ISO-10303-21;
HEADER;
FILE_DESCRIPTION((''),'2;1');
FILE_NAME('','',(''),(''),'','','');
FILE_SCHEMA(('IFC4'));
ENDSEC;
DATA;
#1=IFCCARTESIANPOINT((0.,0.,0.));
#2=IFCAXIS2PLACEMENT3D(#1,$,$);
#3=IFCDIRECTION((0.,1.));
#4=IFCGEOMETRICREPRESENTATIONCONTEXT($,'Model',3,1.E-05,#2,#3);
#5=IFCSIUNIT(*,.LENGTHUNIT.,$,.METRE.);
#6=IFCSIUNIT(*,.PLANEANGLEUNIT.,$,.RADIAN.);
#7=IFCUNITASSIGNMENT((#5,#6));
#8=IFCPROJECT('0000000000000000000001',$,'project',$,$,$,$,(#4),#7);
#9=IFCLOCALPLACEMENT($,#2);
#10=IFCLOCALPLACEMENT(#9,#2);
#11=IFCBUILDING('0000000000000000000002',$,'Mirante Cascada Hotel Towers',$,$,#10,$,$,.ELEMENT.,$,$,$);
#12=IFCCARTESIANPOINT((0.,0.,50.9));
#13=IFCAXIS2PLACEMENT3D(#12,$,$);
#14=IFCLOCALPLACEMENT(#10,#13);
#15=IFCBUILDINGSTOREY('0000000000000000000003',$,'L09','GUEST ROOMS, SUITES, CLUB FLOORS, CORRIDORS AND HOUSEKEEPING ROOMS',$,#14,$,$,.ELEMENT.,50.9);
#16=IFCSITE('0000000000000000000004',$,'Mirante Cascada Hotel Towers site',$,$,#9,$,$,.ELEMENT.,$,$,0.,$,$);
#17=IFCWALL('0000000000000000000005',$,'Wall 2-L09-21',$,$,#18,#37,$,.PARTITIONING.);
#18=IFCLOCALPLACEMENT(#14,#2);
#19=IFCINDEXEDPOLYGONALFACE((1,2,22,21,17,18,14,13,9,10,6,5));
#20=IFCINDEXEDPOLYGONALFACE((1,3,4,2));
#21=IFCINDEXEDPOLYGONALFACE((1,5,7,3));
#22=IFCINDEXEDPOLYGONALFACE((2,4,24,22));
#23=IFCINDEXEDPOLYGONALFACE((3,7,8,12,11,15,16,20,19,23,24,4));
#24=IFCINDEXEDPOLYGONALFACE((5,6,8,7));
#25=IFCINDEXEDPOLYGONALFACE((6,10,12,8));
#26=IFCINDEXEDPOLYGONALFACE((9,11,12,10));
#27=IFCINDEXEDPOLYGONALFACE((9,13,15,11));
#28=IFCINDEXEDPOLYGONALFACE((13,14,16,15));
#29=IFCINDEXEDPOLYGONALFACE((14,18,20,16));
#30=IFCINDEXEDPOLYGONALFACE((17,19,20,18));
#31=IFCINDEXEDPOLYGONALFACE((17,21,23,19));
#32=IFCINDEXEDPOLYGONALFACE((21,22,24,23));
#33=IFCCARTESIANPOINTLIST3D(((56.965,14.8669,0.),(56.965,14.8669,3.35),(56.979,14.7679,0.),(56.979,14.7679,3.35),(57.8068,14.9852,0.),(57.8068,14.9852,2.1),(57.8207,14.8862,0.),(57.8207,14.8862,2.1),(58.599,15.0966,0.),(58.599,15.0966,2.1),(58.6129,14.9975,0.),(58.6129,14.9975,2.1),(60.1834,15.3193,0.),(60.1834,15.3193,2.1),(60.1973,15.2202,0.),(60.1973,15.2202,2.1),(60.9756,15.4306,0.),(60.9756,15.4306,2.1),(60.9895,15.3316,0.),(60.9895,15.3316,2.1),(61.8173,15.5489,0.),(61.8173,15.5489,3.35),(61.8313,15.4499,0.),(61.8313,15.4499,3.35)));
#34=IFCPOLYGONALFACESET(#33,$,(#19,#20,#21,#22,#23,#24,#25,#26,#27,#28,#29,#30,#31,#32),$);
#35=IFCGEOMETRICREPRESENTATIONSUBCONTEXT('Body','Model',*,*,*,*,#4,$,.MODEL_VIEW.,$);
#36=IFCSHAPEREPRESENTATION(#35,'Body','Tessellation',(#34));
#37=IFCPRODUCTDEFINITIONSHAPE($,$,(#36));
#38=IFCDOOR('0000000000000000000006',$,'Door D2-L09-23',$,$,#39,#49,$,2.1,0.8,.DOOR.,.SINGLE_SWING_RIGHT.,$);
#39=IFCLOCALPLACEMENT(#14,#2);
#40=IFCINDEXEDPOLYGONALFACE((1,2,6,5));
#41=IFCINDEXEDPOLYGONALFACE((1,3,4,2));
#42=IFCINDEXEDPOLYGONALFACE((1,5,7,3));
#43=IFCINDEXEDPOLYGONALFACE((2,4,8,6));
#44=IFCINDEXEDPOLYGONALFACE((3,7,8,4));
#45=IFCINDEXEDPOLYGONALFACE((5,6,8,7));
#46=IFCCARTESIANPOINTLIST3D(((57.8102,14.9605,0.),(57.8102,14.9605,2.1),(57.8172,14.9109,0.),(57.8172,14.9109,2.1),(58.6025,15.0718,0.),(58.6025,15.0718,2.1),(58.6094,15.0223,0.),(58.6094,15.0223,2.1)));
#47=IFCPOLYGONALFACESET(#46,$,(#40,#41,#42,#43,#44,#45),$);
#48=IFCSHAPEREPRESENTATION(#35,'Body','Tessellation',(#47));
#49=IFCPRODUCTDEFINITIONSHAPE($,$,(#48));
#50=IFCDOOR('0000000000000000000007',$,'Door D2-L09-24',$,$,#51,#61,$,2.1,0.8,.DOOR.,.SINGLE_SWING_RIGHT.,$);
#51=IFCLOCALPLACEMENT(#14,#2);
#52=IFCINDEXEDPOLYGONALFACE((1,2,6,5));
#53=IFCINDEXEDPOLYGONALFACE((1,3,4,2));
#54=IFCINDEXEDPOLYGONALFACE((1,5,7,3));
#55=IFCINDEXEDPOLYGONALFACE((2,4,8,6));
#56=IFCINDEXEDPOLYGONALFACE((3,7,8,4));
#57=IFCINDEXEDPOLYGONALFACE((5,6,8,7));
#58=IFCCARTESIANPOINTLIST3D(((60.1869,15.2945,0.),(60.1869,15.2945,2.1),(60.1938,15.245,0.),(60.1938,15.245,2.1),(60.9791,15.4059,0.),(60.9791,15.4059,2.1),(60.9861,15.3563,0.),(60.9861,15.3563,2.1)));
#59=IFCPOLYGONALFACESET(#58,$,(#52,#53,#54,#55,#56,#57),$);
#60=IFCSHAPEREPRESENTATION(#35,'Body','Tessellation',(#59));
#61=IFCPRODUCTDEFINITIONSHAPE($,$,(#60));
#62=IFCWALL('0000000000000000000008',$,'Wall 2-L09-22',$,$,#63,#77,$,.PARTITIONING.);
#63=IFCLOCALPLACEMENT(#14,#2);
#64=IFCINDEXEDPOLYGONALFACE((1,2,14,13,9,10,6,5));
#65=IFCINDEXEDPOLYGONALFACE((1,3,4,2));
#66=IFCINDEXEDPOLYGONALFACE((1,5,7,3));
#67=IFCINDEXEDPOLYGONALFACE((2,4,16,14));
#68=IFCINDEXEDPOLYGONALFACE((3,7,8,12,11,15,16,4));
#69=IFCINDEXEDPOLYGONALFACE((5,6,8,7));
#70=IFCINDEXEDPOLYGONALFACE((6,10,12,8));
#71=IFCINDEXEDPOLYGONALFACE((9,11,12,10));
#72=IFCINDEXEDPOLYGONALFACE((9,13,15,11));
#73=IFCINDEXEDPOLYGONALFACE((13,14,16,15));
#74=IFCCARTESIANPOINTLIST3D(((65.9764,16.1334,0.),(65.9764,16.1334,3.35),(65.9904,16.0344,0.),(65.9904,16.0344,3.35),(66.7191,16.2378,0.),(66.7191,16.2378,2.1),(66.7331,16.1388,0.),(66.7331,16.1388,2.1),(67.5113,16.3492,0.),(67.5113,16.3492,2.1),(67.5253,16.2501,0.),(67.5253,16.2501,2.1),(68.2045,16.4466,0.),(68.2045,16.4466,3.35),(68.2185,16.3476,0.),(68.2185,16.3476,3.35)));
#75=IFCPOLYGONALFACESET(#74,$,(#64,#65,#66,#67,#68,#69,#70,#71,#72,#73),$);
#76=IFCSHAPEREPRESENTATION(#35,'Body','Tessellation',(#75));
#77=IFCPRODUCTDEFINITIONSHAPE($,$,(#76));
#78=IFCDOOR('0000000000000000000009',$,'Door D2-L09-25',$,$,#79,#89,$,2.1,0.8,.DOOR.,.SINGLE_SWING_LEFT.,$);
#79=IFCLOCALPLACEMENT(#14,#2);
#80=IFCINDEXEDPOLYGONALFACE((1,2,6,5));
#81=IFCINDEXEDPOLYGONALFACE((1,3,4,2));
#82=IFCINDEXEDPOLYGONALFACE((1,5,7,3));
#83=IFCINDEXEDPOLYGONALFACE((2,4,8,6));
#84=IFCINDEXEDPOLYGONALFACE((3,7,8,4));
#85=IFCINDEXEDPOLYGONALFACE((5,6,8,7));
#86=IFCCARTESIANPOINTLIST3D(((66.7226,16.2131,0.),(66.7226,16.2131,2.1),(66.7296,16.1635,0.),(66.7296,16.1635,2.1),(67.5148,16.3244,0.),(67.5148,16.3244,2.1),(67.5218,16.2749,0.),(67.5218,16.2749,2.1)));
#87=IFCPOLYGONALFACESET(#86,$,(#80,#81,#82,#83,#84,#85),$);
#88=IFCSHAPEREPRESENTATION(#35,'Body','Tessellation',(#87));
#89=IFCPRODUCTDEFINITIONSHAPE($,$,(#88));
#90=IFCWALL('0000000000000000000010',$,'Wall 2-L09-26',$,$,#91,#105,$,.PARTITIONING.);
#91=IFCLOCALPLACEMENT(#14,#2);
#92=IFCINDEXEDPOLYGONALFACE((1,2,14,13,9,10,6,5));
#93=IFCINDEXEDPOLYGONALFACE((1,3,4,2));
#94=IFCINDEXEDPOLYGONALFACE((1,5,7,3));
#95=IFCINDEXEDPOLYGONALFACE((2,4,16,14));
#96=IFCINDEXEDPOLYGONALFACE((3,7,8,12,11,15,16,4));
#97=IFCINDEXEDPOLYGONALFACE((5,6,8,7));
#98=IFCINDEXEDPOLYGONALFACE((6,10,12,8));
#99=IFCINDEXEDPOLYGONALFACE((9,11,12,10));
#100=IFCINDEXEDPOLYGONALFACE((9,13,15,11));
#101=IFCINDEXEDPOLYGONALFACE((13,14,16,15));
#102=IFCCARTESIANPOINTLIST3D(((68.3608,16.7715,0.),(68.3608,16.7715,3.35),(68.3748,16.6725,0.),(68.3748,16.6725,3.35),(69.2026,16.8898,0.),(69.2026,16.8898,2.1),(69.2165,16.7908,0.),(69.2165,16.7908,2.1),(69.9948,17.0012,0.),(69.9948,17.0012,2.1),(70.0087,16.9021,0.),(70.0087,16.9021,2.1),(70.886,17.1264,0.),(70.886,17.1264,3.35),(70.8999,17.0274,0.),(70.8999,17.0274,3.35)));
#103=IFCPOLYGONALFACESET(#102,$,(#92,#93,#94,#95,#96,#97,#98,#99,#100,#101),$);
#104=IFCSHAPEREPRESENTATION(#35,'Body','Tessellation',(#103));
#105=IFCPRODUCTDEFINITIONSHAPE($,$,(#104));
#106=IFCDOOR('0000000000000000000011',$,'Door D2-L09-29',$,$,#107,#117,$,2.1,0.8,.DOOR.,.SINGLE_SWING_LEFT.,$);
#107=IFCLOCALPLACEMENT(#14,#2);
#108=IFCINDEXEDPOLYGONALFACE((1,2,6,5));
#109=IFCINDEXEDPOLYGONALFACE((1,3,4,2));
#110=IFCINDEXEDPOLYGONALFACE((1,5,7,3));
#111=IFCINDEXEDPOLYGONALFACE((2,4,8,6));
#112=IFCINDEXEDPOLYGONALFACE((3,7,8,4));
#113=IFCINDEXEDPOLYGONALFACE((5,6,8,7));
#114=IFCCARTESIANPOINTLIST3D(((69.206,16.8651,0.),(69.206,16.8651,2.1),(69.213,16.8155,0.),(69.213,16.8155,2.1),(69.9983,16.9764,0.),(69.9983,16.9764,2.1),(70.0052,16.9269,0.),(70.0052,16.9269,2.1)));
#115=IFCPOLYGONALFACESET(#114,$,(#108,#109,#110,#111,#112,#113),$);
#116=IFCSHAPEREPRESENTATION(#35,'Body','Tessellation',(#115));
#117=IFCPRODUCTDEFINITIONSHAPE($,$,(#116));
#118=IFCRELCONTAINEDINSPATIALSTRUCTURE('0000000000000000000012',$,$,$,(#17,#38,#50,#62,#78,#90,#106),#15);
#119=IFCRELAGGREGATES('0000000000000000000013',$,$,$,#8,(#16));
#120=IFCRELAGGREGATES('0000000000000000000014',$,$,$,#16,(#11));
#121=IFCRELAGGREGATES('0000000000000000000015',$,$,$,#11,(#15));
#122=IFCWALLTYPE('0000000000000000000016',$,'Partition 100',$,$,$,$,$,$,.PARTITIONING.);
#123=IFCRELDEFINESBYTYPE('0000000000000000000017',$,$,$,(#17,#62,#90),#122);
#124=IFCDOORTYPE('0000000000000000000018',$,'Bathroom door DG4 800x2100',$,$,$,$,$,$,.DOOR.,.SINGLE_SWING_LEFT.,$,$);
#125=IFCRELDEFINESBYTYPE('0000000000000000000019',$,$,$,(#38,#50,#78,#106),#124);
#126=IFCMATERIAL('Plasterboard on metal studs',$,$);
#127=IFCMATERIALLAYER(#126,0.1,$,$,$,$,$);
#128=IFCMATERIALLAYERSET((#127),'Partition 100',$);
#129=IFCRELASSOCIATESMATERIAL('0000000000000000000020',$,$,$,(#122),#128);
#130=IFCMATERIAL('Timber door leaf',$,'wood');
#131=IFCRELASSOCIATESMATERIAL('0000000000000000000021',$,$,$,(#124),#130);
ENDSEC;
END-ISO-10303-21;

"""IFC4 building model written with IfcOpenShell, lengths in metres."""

from ifc_helpers import new_model, si_unit, direction, frame, frame_2d, origin, place, context, subcontext, project, spatial, rectangle, extrude, material, layer, layer_set, type_object, element, fill, save


model = new_model("IFC4")

# Units and contexts
model_context = context("Model", 3, precision=1e-05, world=origin(), true_north=direction((0.0, 1.0)))
body_context = subcontext(model_context, "Body", "Model", "MODEL_VIEW")
ifc_project = project(units=[si_unit("LENGTHUNIT", "METRE"), si_unit("PLANEANGLEUNIT", "RADIAN")], contexts=[model_context])

# Site, building, storey
site_placement = place(None, origin())
site = spatial("IfcSite", under=ifc_project, at=site_placement, Name="Mirante Cascada Hotel Towers site", CompositionType="ELEMENT", RefElevation=0.0)
building_placement = place(site_placement, origin())
building = spatial("IfcBuilding", under=site, at=building_placement, Name="Mirante Cascada Hotel Towers", CompositionType="ELEMENT")
storey_placement = place(building_placement, frame((0.0, 0.0, 50.9)))
storey = spatial("IfcBuildingStorey", under=building, at=storey_placement, Name="L09", Description="GUEST ROOMS, SUITES, CLUB FLOORS, CORRIDORS AND HOUSEKEEPING ROOMS", CompositionType="ELEMENT", Elevation=50.9)

# Wall, openings, doors
ifc_material_1 = material(Name="Plasterboard on metal studs")
ifc_layer_1 = layer(ifc_material_1, 0.1)
ifc_layer_set_1 = layer_set([ifc_layer_1], Name="Partition 100")
wall_type_1 = type_object("IfcWallType", Name="Partition 100", PredefinedType="PARTITIONING", material=ifc_layer_set_1)
wall_1_placement = place(storey_placement, frame((61.8243, 15.4994, 0.0), z_axis=(0.0, 0.0, 1.0), x_axis=(-0.990267, -0.139184, 0.0)))
wall_1 = element("IfcWall", 1, at=wall_1_placement, inside=storey, type_object=wall_type_1, Name="Wall 2-L09-21", PredefinedType="PARTITIONING", context=body_context, shape_type="SweptSolid", body=[
    extrude(rectangle(XDim=4.9, YDim=0.1, at=frame_2d((2.45, 0.0))), origin(), (0.0, 0.0, 1.0), 3.35),
])
opening_1_placement = place(wall_1_placement, frame((3.25, 0.0, 0.0)))
opening_1 = element("IfcOpeningElement", 2, at=opening_1_placement, cuts=wall_1, PredefinedType="OPENING", context=body_context, shape_type="SweptSolid", body=[
    extrude(rectangle(XDim=0.8, YDim=2.1, at=frame_2d((0.4, 1.05))), frame((0.0, 0.05, 0.0), z_axis=(0.0, -1.0, 0.0), x_axis=(1.0, 0.0, 0.0)), (0.0, 0.0, 1.0), 0.1),
])
opening_2_placement = place(wall_1_placement, frame((0.85, 0.0, 0.0)))
opening_2 = element("IfcOpeningElement", 3, at=opening_2_placement, cuts=wall_1, PredefinedType="OPENING", context=body_context, shape_type="SweptSolid", body=[
    extrude(rectangle(XDim=0.8, YDim=2.1, at=frame_2d((0.4, 1.05))), frame((0.0, 0.05, 0.0), z_axis=(0.0, -1.0, 0.0), x_axis=(1.0, 0.0, 0.0)), (0.0, 0.0, 1.0), 0.1),
])
ifc_material_2 = material(Name="Timber door leaf", Category="wood")
door_type = type_object("IfcDoorType", Name="Bathroom door DG4 800x2100", OperationType="SINGLE_SWING_LEFT", PredefinedType="DOOR", material=ifc_material_2)
door_1_placement = place(opening_1_placement, frame((0.8, 0.0, 0.0), z_axis=(0.0, 0.0, 1.0), x_axis=(-1.0, 0.0, 0.0)))
door_1 = element("IfcDoor", 4, at=door_1_placement, inside=storey, type_object=door_type, Name="Door D2-L09-23", OperationType="SINGLE_SWING_RIGHT", OverallHeight=2.1, OverallWidth=0.8, PredefinedType="DOOR", context=body_context, shape_type="SweptSolid", body=[
    extrude(rectangle(XDim=0.8, YDim=2.1, at=frame_2d((0.4, 1.05))), frame((0.0, 0.025, 0.0), z_axis=(0.0, -1.0, 0.0), x_axis=(1.0, 0.0, 0.0)), (0.0, 0.0, 1.0), 0.05),
])
fill(opening_1, door_1)
door_2_placement = place(opening_2_placement, frame((0.8, 0.0, 0.0), z_axis=(0.0, 0.0, 1.0), x_axis=(-1.0, 0.0, 0.0)))
door_2 = element("IfcDoor", 5, at=door_2_placement, inside=storey, type_object=door_type, Name="Door D2-L09-24", OperationType="SINGLE_SWING_RIGHT", OverallHeight=2.1, OverallWidth=0.8, PredefinedType="DOOR", context=body_context, shape_type="SweptSolid", body=[
    extrude(rectangle(XDim=0.8, YDim=2.1, at=frame_2d((0.4, 1.05))), frame((0.0, 0.025, 0.0), z_axis=(0.0, -1.0, 0.0), x_axis=(1.0, 0.0, 0.0)), (0.0, 0.0, 1.0), 0.05),
])
fill(opening_2, door_2)

# Walls, openings, doors
wall_2_placement = place(storey_placement, frame((65.9834, 16.0839, 0.0), z_axis=(0.0, 0.0, 1.0), x_axis=(0.990264, 0.1392, 0.0)))
wall_2 = element("IfcWall", 6, at=wall_2_placement, inside=storey, type_object=wall_type_1, Name="Wall 2-L09-22", PredefinedType="PARTITIONING", context=body_context, shape_type="SweptSolid", body=[
    extrude(rectangle(XDim=2.25, YDim=0.1, at=frame_2d((1.125, 0.0))), origin(), (0.0, 0.0, 1.0), 3.35),
])
opening_3_placement = place(wall_2_placement, frame((0.75, 0.0, 0.0)))
opening_3 = element("IfcOpeningElement", 7, at=opening_3_placement, cuts=wall_2, PredefinedType="OPENING", context=body_context, shape_type="SweptSolid", body=[
    extrude(rectangle(XDim=0.8, YDim=2.1, at=frame_2d((0.4, 1.05))), frame((0.0, 0.05, 0.0), z_axis=(0.0, -1.0, 0.0), x_axis=(1.0, 0.0, 0.0)), (0.0, 0.0, 1.0), 0.1),
])
door_3_placement = place(opening_3_placement, origin())
door_3 = element("IfcDoor", 8, at=door_3_placement, inside=storey, type_object=door_type, Name="Door D2-L09-25", OperationType="SINGLE_SWING_LEFT", OverallHeight=2.1, OverallWidth=0.8, PredefinedType="DOOR", context=body_context, shape_type="SweptSolid", body=[
    extrude(rectangle(XDim=0.8, YDim=2.1, at=frame_2d((0.4, 1.05))), frame((0.0, 0.025, 0.0), z_axis=(0.0, -1.0, 0.0), x_axis=(1.0, 0.0, 0.0)), (0.0, 0.0, 1.0), 0.05),
])
fill(opening_3, door_3)
wall_3_placement = place(storey_placement, frame((68.3678, 16.722, 0.0), z_axis=(0.0, 0.0, 1.0), x_axis=(0.990268, 0.139176, 0.0)))
wall_3 = element("IfcWall", 9, at=wall_3_placement, inside=storey, type_object=wall_type_1, Name="Wall 2-L09-26", PredefinedType="PARTITIONING", context=body_context, shape_type="SweptSolid", body=[
    extrude(rectangle(XDim=2.55, YDim=0.1, at=frame_2d((1.275, 0.0))), origin(), (0.0, 0.0, 1.0), 3.35),
])
opening_4_placement = place(wall_3_placement, frame((0.85, 0.0, 0.0)))
opening_4 = element("IfcOpeningElement", 10, at=opening_4_placement, cuts=wall_3, PredefinedType="OPENING", context=body_context, shape_type="SweptSolid", body=[
    extrude(rectangle(XDim=0.8, YDim=2.1, at=frame_2d((0.4, 1.05))), frame((0.0, 0.05, 0.0), z_axis=(0.0, -1.0, 0.0), x_axis=(1.0, 0.0, 0.0)), (0.0, 0.0, 1.0), 0.1),
])
door_4_placement = place(opening_4_placement, origin())
door_4 = element("IfcDoor", 11, at=door_4_placement, inside=storey, type_object=door_type, Name="Door D2-L09-29", OperationType="SINGLE_SWING_LEFT", OverallHeight=2.1, OverallWidth=0.8, PredefinedType="DOOR", context=body_context, shape_type="SweptSolid", body=[
    extrude(rectangle(XDim=0.8, YDim=2.1, at=frame_2d((0.4, 1.05))), frame((0.0, 0.025, 0.0), z_axis=(0.0, -1.0, 0.0), x_axis=(1.0, 0.0, 0.0)), (0.0, 0.0, 1.0), 0.05),
])
fill(opening_4, door_4)

save(model, "model.ifc")
